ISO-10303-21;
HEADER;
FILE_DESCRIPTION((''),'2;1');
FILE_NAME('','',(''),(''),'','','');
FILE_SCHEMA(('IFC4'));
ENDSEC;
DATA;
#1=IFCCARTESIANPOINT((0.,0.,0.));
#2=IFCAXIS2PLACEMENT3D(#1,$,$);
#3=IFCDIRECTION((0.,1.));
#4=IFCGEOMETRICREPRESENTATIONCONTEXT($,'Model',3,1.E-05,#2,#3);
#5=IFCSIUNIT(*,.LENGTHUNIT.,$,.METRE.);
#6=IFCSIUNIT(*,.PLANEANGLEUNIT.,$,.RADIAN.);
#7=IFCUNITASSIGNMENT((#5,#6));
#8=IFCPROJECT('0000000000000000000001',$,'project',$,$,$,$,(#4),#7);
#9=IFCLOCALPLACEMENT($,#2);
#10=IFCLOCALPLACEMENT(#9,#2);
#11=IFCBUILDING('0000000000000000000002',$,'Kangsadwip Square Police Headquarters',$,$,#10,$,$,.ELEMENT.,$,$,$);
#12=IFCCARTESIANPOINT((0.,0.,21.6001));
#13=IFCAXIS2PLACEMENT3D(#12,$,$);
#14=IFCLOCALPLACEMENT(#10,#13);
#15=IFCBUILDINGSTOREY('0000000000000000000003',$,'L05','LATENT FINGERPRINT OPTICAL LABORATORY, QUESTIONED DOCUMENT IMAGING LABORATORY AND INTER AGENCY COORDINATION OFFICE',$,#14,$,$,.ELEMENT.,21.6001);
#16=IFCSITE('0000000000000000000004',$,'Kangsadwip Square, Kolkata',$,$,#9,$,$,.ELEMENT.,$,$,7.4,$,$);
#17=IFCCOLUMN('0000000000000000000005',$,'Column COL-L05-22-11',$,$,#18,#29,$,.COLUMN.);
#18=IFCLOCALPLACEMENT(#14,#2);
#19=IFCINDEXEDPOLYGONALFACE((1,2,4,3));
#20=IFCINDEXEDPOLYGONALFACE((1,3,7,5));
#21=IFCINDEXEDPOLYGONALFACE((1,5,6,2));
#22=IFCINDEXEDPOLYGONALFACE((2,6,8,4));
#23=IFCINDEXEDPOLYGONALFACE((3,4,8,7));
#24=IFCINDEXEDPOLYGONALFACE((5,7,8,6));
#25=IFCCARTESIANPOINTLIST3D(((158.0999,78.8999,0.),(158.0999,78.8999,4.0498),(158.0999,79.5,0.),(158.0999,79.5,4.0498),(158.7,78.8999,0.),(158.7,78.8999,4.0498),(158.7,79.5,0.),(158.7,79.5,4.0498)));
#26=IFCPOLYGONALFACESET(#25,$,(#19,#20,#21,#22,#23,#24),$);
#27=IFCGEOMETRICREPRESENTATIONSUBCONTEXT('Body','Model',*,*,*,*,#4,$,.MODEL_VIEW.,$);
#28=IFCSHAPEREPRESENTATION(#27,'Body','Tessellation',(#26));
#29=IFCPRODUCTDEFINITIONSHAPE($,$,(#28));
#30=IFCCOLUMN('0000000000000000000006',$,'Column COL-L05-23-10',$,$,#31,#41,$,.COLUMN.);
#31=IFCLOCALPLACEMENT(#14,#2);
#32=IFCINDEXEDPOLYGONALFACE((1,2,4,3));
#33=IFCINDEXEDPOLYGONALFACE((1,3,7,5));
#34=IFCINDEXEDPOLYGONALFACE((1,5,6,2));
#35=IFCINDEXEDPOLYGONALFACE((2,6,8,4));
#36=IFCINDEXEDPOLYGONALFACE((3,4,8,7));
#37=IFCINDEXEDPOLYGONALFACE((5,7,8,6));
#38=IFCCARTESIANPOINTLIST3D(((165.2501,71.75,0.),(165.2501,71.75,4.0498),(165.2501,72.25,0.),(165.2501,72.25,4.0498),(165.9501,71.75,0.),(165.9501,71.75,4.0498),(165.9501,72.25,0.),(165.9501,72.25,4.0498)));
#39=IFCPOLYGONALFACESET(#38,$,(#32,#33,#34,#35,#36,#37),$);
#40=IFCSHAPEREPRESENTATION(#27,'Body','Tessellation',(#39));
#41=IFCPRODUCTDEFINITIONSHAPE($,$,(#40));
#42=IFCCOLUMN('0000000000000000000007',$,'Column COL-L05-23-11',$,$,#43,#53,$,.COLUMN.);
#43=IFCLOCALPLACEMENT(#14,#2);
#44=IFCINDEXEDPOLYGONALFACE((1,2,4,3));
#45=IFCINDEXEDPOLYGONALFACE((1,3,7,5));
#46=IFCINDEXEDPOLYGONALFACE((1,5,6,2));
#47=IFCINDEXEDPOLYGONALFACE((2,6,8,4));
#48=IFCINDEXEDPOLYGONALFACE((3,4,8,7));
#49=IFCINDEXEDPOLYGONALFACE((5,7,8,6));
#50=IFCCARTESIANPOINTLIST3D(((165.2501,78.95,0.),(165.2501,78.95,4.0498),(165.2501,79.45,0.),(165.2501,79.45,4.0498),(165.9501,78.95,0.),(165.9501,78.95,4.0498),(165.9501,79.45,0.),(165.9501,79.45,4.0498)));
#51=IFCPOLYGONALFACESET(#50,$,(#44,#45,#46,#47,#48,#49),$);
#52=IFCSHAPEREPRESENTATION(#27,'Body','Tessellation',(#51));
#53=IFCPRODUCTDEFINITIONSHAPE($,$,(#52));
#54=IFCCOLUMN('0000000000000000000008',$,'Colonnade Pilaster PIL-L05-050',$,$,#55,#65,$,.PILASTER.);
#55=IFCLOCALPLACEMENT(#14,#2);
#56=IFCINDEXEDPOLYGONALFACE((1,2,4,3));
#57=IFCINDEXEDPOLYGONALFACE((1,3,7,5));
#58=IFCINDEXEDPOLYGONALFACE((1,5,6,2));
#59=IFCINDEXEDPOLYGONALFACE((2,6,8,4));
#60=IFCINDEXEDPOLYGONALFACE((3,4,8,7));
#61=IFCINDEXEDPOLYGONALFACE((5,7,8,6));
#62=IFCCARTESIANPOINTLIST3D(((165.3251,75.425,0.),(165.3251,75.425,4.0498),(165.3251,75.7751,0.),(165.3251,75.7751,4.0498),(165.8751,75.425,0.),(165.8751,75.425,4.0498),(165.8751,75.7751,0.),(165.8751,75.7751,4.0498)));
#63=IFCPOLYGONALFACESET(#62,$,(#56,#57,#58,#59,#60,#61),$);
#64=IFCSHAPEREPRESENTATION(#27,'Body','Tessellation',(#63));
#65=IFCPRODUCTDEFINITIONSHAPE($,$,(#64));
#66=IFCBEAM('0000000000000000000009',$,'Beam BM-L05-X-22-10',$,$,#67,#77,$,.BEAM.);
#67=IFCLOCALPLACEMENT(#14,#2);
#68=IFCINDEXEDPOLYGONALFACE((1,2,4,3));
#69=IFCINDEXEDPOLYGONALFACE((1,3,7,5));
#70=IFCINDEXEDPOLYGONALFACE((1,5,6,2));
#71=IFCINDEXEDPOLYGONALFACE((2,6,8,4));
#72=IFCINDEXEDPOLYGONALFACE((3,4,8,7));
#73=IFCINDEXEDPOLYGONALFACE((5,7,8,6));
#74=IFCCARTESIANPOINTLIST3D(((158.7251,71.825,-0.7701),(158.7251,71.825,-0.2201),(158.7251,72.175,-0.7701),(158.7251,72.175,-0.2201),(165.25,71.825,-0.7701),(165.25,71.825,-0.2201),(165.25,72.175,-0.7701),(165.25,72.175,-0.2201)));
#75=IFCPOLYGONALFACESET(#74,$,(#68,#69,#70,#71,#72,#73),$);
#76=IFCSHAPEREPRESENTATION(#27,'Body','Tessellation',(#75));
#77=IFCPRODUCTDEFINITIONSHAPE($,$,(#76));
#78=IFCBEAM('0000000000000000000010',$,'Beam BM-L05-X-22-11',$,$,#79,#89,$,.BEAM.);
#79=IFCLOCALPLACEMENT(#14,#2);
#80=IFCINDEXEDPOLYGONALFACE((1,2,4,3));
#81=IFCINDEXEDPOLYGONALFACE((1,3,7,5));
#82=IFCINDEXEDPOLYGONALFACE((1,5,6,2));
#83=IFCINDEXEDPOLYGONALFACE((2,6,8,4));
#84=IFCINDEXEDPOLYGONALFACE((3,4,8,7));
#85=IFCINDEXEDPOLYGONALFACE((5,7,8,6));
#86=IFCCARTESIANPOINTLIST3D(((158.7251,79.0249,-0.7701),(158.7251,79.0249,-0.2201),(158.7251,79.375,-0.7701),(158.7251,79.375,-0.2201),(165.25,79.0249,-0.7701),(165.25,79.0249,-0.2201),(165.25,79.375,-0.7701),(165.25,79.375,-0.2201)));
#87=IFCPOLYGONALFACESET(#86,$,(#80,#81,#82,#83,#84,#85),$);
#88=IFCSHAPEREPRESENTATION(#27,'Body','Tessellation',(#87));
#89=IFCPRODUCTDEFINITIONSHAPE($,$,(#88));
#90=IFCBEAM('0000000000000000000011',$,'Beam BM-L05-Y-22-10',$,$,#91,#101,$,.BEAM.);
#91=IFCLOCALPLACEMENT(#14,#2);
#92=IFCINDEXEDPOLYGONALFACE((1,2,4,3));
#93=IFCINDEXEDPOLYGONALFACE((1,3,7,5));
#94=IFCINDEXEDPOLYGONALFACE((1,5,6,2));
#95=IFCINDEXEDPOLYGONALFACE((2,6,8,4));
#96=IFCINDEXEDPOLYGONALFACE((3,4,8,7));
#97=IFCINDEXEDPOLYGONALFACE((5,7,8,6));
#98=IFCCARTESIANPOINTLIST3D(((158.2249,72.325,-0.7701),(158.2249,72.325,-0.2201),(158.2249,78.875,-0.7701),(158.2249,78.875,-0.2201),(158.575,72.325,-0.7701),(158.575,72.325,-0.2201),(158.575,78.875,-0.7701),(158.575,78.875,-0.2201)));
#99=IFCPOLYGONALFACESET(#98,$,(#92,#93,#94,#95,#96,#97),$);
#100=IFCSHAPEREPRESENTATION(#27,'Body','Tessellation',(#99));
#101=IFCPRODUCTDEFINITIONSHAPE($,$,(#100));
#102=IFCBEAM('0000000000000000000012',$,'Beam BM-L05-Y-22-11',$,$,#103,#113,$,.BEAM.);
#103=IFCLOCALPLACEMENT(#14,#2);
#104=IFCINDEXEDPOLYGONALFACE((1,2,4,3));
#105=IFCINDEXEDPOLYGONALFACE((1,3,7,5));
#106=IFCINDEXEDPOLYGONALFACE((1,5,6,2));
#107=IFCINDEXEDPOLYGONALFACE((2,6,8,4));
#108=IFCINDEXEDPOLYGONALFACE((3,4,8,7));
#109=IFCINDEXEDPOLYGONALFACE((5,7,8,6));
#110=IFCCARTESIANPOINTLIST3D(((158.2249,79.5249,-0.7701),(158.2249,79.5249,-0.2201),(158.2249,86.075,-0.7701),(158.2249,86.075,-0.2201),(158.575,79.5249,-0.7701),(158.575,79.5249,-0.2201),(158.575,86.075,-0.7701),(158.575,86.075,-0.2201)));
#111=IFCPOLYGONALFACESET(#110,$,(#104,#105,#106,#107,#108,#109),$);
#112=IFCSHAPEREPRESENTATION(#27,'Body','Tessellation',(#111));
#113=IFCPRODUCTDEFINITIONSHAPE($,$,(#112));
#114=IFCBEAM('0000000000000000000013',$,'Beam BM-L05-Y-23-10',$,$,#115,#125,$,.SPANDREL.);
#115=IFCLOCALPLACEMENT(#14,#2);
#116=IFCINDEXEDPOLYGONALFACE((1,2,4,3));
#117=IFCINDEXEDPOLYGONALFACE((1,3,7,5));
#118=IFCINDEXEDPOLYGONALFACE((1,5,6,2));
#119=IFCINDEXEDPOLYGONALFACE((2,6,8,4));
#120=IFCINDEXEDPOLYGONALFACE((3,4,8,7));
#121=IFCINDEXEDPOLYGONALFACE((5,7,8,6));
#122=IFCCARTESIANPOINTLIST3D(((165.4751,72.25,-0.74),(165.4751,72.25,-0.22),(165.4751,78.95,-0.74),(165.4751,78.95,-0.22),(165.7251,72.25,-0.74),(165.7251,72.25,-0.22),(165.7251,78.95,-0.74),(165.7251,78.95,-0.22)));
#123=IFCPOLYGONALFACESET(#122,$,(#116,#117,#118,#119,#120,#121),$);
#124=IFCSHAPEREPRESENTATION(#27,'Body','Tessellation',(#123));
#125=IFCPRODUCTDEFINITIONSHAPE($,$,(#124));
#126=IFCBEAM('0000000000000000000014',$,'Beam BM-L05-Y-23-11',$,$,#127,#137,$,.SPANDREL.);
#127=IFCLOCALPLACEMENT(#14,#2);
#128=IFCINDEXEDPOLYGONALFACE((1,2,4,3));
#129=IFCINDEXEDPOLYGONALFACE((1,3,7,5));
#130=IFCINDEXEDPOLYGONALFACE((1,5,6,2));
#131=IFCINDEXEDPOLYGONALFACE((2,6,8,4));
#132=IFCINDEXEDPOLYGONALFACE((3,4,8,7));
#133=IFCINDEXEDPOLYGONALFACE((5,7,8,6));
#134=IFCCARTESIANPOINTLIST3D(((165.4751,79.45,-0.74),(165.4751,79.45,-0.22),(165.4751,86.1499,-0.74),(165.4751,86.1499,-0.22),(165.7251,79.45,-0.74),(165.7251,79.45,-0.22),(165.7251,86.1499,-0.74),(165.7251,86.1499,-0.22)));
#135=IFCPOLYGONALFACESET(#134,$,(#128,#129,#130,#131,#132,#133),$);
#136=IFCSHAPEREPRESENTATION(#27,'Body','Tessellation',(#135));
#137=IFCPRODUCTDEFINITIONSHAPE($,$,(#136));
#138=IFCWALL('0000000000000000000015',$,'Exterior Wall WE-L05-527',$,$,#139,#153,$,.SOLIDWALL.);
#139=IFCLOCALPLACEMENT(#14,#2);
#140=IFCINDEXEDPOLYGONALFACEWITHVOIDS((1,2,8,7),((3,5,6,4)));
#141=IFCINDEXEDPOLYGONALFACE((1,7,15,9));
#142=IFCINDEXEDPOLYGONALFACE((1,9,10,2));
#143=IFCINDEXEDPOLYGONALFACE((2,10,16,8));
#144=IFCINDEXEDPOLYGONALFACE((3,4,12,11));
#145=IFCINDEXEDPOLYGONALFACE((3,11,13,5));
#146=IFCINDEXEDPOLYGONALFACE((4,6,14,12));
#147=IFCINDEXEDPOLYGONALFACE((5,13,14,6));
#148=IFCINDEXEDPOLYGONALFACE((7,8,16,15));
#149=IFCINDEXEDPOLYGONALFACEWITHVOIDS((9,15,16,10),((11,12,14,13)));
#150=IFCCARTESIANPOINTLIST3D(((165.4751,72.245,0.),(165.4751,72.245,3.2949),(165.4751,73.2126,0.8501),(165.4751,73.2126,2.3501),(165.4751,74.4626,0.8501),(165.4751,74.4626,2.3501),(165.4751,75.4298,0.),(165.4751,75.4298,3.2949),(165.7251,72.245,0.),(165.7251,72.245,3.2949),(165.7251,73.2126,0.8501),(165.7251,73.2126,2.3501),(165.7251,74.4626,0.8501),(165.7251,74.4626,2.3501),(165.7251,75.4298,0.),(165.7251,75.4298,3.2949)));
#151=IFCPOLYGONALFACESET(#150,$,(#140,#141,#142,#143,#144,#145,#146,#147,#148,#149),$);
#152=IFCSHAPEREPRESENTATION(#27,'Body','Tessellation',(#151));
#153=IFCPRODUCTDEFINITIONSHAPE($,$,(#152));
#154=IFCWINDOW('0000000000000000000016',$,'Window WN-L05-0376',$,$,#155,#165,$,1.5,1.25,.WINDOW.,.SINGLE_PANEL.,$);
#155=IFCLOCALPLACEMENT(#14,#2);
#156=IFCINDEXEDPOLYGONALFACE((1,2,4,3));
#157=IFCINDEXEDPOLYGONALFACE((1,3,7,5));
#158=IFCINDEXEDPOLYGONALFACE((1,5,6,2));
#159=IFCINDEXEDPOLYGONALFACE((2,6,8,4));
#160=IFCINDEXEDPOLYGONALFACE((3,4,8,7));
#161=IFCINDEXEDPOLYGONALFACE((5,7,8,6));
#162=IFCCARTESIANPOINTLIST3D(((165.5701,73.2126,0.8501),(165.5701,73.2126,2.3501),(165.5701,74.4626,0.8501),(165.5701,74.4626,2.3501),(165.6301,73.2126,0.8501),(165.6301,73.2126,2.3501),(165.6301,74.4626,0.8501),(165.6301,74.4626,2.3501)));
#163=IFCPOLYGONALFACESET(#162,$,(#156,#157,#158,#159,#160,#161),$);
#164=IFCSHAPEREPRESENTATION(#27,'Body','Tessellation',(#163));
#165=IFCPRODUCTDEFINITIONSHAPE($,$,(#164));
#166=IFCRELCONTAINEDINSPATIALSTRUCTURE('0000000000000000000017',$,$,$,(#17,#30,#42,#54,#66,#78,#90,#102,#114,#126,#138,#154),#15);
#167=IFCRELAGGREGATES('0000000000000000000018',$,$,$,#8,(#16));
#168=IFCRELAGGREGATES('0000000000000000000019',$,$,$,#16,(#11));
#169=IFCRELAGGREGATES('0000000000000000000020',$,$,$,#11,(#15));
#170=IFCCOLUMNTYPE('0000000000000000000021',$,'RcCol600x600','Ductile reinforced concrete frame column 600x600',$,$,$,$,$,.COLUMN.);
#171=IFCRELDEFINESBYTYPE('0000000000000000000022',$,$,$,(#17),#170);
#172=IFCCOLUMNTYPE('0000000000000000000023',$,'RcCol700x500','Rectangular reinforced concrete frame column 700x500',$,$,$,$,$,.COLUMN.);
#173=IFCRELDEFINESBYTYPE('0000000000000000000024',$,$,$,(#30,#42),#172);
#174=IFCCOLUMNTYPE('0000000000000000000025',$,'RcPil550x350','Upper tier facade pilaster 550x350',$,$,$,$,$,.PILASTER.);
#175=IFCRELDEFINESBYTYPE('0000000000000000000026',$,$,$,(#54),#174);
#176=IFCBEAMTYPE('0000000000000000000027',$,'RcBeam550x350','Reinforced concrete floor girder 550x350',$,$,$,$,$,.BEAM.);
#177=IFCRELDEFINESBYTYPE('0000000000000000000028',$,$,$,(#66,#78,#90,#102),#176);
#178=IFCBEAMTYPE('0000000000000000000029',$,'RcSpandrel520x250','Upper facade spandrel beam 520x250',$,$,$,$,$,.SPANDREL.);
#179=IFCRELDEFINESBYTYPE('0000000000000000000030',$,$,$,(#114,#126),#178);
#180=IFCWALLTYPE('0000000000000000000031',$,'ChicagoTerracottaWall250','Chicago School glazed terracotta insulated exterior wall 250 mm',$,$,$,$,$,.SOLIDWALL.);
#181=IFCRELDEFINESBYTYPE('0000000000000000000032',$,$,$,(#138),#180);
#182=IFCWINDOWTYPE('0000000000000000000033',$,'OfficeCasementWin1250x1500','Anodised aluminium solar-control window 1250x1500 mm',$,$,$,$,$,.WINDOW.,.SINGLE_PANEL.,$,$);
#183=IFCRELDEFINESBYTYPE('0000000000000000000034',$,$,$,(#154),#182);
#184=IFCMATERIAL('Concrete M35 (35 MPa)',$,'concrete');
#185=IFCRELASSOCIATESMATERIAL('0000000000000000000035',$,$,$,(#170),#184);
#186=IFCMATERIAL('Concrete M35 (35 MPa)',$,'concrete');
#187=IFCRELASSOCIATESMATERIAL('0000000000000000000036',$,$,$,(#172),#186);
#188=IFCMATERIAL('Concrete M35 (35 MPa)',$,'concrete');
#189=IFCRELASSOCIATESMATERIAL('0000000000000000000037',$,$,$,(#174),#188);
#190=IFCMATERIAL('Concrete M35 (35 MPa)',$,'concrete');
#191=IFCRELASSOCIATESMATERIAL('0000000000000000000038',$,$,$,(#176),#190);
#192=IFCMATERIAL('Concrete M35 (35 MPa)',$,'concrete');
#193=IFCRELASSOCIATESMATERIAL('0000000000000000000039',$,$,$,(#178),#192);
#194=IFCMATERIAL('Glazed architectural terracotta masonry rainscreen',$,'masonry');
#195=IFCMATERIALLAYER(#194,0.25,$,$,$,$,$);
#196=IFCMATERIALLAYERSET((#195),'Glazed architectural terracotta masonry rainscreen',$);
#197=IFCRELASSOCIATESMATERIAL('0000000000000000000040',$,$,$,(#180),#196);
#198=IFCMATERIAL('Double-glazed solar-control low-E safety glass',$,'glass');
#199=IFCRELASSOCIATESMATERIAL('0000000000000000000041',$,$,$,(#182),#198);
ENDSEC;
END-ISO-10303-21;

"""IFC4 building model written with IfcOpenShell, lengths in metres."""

from ifc_helpers import new_model, si_unit, direction, frame, frame_2d, origin, origin_2d, place, context, subcontext, project, spatial, rectangle, extrude, material, layer, layer_set, material_profile, profile_set, type_object, element, fill, save


model = new_model("IFC4")

# Units and contexts
model_context = context("Model", 3, precision=1e-05, world=origin(), true_north=direction((0.0, 1.0)))
body_context = subcontext(model_context, "Body", "Model", "MODEL_VIEW")
ifc_project = project(units=[si_unit("LENGTHUNIT", "METRE"), si_unit("PLANEANGLEUNIT", "RADIAN")], contexts=[model_context])

# Site, building, storey
site_placement = place(None, origin())
site = spatial("IfcSite", under=ifc_project, at=site_placement, Name="Kangsadwip Square, Kolkata", CompositionType="ELEMENT", RefElevation=7.4)
building_placement = place(site_placement, origin())
building = spatial("IfcBuilding", under=site, at=building_placement, Name="Kangsadwip Square Police Headquarters", CompositionType="ELEMENT")
storey_placement = place(building_placement, frame((0.0, 0.0, 21.6001)))
storey = spatial("IfcBuildingStorey", under=building, at=storey_placement, Name="L05", Description="LATENT FINGERPRINT OPTICAL LABORATORY, QUESTIONED DOCUMENT IMAGING LABORATORY AND INTER AGENCY COORDINATION OFFICE", CompositionType="ELEMENT", Elevation=21.6001)

# Columns
ifc_material_1 = material(Name="Concrete M35 (35 MPa)", Category="concrete")
ifc_material_profile_1 = material_profile(ifc_material_1, rectangle(XDim=0.6001, YDim=0.6001, at=origin_2d()), Name="RC COL 600X600")
ifc_profile_set_1 = profile_set([ifc_material_profile_1], Name="Concrete M35 (35 MPa)")
column_type_1 = type_object("IfcColumnType", Name="RcCol600x600", Description="Ductile reinforced concrete frame column 600x600", PredefinedType="COLUMN", material=ifc_profile_set_1)
column_1_placement = place(storey_placement, frame((158.3999, 79.2, 0.0), z_axis=(0.0, 0.0, 1.0), x_axis=(1.0, 0.0, 0.0)))
element("IfcColumn", 1, at=column_1_placement, inside=storey, type_object=column_type_1, Name="Column COL-L05-22-11", PredefinedType="COLUMN", context=body_context, shape_type="SweptSolid", body=[
    extrude(rectangle(XDim=0.6001, YDim=0.6001, at=origin_2d()), origin(), (0.0, 0.0, 1.0), 4.0498),
])
ifc_material_2 = material(Name="Concrete M35 (35 MPa)", Category="concrete")
ifc_material_profile_2 = material_profile(ifc_material_2, rectangle(XDim=0.5, YDim=0.7, at=origin_2d()), Name="RC COL 700X500")
ifc_profile_set_2 = profile_set([ifc_material_profile_2], Name="Concrete M35 (35 MPa)")
column_type_2 = type_object("IfcColumnType", Name="RcCol700x500", Description="Rectangular reinforced concrete frame column 700x500", PredefinedType="COLUMN", material=ifc_profile_set_2)
for number, where, z_axis, x_axis, name in (
    (2, (165.6001, 72.0, 0.0), (0.0, 0.0, 1.0), (0.0, 1.0, 0.0), "Column COL-L05-23-10"),
    (3, (165.6001, 79.2, 0.0), (0.0, 0.0, 1.0), (0.0, 1.0, 0.0), "Column COL-L05-23-11"),
):
    element("IfcColumn", number, at=place(storey_placement, frame(where, z_axis=z_axis, x_axis=x_axis)), inside=storey, type_object=column_type_2, Name=name, PredefinedType="COLUMN", context=body_context, shape_type="SweptSolid", body=[
        extrude(rectangle(XDim=0.5, YDim=0.7, at=origin_2d()), origin(), (0.0, 0.0, 1.0), 4.0498),
    ])
ifc_material_3 = material(Name="Concrete M35 (35 MPa)", Category="concrete")
ifc_material_profile_3 = material_profile(ifc_material_3, rectangle(XDim=0.3501, YDim=0.55, at=origin_2d()), Name="RC PIL 550X350")
ifc_profile_set_3 = profile_set([ifc_material_profile_3], Name="Concrete M35 (35 MPa)")
column_type_3 = type_object("IfcColumnType", Name="RcPil550x350", Description="Upper tier facade pilaster 550x350", PredefinedType="PILASTER", material=ifc_profile_set_3)
column_2_placement = place(storey_placement, frame((165.6001, 75.6001, 0.0), z_axis=(0.0, 0.0, 1.0), x_axis=(0.0, 1.0, 0.0)))
element("IfcColumn", 4, at=column_2_placement, inside=storey, type_object=column_type_3, Name="Colonnade Pilaster PIL-L05-050", PredefinedType="PILASTER", context=body_context, shape_type="SweptSolid", body=[
    extrude(rectangle(XDim=0.3501, YDim=0.55, at=origin_2d()), origin(), (0.0, 0.0, 1.0), 4.0498),
])

# Beams
ifc_material_4 = material(Name="Concrete M35 (35 MPa)", Category="concrete")
ifc_material_profile_4 = material_profile(ifc_material_4, rectangle(XDim=0.3501, YDim=0.55, at=origin_2d()), Name="RC BM 550X350")
ifc_profile_set_4 = profile_set([ifc_material_profile_4], Name="Concrete M35 (35 MPa)")
beam_type_1 = type_object("IfcBeamType", Name="RcBeam550x350", Description="Reinforced concrete floor girder 550x350", PredefinedType="BEAM", material=ifc_profile_set_4)
for number, where, z_axis, x_axis, name in (
    (5, (158.7251, 72.0, -0.4951), (1.0, 0.0, 0.0), (0.0, 1.0, 0.0), "Beam BM-L05-X-22-10"),
    (6, (158.7251, 79.2, -0.4951), (1.0, 0.0, 0.0), (0.0, 1.0, 0.0), "Beam BM-L05-X-22-11"),
):
    element("IfcBeam", number, at=place(storey_placement, frame(where, z_axis=z_axis, x_axis=x_axis)), inside=storey, type_object=beam_type_1, Name=name, PredefinedType="BEAM", context=body_context, shape_type="SweptSolid", body=[
        extrude(rectangle(XDim=0.3501, YDim=0.55, at=origin_2d()), origin(), (0.0, 0.0, 1.0), 6.5249),
    ])
for number, where, z_axis, x_axis, name in (
    (7, (158.3999, 72.325, -0.4951), (0.0, 1.0, 0.0), (-1.0, 0.0, 0.0), "Beam BM-L05-Y-22-10"),
    (8, (158.3999, 79.5249, -0.4951), (0.0, 1.0, 0.0), (-1.0, 0.0, 0.0), "Beam BM-L05-Y-22-11"),
):
    element("IfcBeam", number, at=place(storey_placement, frame(where, z_axis=z_axis, x_axis=x_axis)), inside=storey, type_object=beam_type_1, Name=name, PredefinedType="BEAM", context=body_context, shape_type="SweptSolid", body=[
        extrude(rectangle(XDim=0.3501, YDim=0.55, at=origin_2d()), origin(), (0.0, 0.0, 1.0), 6.55),
    ])
ifc_material_5 = material(Name="Concrete M35 (35 MPa)", Category="concrete")
ifc_material_profile_5 = material_profile(ifc_material_5, rectangle(XDim=0.25, YDim=0.52, at=origin_2d()), Name="RC SPN 520X250")
ifc_profile_set_5 = profile_set([ifc_material_profile_5], Name="Concrete M35 (35 MPa)")
beam_type_2 = type_object("IfcBeamType", Name="RcSpandrel520x250", Description="Upper facade spandrel beam 520x250", PredefinedType="SPANDREL", material=ifc_profile_set_5)
for number, where, z_axis, x_axis, name in (
    (9, (165.6001, 72.25, -0.48), (0.0, 1.0, 0.0), (-1.0, 0.0, 0.0), "Beam BM-L05-Y-23-10"),
    (10, (165.6001, 79.45, -0.48), (0.0, 1.0, 0.0), (-1.0, 0.0, 0.0), "Beam BM-L05-Y-23-11"),
):
    element("IfcBeam", number, at=place(storey_placement, frame(where, z_axis=z_axis, x_axis=x_axis)), inside=storey, type_object=beam_type_2, Name=name, PredefinedType="SPANDREL", context=body_context, shape_type="SweptSolid", body=[
        extrude(rectangle(XDim=0.25, YDim=0.52, at=origin_2d()), origin(), (0.0, 0.0, 1.0), 6.7),
    ])

# Wall, opening, window
ifc_material_6 = material(Name="Glazed architectural terracotta masonry rainscreen", Category="masonry")
ifc_layer = layer(ifc_material_6, 0.25)
ifc_layer_set = layer_set([ifc_layer], Name="Glazed architectural terracotta masonry rainscreen")
wall_type = type_object("IfcWallType", Name="ChicagoTerracottaWall250", Description="Chicago School glazed terracotta insulated exterior wall 250 mm", PredefinedType="SOLIDWALL", material=ifc_layer_set)
wall_1_placement = place(storey_placement, frame((165.6001, 72.2451, 0.0), z_axis=(0.0, 0.0, 1.0), x_axis=(0.0, 1.0, 0.0)))
wall_1 = element("IfcWall", 11, at=wall_1_placement, inside=storey, type_object=wall_type, Name="Exterior Wall WE-L05-527", PredefinedType="SOLIDWALL", context=body_context, shape_type="SweptSolid", body=[
    extrude(rectangle(XDim=3.1848, YDim=0.25, at=frame_2d((1.5923, 0.0))), origin(), (0.0, 0.0, 1.0), 3.2949),
])
opening_1_placement = place(wall_1_placement, frame((0.9675, 0.0, 0.8501)))
opening_1 = element("IfcOpeningElement", 12, at=opening_1_placement, cuts=wall_1, PredefinedType="OPENING", context=body_context, shape_type="SweptSolid", body=[
    extrude(rectangle(XDim=1.25, YDim=1.5, at=frame_2d((0.625, 0.75))), frame((0.0, 0.135, 0.0), z_axis=(0.0, -1.0, 0.0), x_axis=(1.0, 0.0, 0.0)), (0.0, 0.0, 1.0), 0.27),
])
ifc_material_7 = material(Name="Double-glazed solar-control low-E safety glass", Category="glass")
window_type_1 = type_object("IfcWindowType", Name="OfficeCasementWin1250x1500", Description="Anodised aluminium solar-control window 1250x1500 mm", PartitioningType="SINGLE_PANEL", PredefinedType="WINDOW", material=ifc_material_7)
window_1_placement = place(opening_1_placement, origin())
window_1 = element("IfcWindow", 13, at=window_1_placement, inside=storey, type_object=window_type_1, Name="Window WN-L05-0376", OverallHeight=1.5, OverallWidth=1.25, PartitioningType="SINGLE_PANEL", PredefinedType="WINDOW", context=body_context, shape_type="SweptSolid", body=[
    extrude(rectangle(XDim=1.25, YDim=1.5, at=frame_2d((0.625, 0.75))), frame((0.0, 0.03, 0.0), z_axis=(0.0, -1.0, 0.0), x_axis=(1.0, 0.0, 0.0)), (0.0, 0.0, 1.0), 0.0601),
])
fill(opening_1, window_1)

save(model, "model.ifc")
